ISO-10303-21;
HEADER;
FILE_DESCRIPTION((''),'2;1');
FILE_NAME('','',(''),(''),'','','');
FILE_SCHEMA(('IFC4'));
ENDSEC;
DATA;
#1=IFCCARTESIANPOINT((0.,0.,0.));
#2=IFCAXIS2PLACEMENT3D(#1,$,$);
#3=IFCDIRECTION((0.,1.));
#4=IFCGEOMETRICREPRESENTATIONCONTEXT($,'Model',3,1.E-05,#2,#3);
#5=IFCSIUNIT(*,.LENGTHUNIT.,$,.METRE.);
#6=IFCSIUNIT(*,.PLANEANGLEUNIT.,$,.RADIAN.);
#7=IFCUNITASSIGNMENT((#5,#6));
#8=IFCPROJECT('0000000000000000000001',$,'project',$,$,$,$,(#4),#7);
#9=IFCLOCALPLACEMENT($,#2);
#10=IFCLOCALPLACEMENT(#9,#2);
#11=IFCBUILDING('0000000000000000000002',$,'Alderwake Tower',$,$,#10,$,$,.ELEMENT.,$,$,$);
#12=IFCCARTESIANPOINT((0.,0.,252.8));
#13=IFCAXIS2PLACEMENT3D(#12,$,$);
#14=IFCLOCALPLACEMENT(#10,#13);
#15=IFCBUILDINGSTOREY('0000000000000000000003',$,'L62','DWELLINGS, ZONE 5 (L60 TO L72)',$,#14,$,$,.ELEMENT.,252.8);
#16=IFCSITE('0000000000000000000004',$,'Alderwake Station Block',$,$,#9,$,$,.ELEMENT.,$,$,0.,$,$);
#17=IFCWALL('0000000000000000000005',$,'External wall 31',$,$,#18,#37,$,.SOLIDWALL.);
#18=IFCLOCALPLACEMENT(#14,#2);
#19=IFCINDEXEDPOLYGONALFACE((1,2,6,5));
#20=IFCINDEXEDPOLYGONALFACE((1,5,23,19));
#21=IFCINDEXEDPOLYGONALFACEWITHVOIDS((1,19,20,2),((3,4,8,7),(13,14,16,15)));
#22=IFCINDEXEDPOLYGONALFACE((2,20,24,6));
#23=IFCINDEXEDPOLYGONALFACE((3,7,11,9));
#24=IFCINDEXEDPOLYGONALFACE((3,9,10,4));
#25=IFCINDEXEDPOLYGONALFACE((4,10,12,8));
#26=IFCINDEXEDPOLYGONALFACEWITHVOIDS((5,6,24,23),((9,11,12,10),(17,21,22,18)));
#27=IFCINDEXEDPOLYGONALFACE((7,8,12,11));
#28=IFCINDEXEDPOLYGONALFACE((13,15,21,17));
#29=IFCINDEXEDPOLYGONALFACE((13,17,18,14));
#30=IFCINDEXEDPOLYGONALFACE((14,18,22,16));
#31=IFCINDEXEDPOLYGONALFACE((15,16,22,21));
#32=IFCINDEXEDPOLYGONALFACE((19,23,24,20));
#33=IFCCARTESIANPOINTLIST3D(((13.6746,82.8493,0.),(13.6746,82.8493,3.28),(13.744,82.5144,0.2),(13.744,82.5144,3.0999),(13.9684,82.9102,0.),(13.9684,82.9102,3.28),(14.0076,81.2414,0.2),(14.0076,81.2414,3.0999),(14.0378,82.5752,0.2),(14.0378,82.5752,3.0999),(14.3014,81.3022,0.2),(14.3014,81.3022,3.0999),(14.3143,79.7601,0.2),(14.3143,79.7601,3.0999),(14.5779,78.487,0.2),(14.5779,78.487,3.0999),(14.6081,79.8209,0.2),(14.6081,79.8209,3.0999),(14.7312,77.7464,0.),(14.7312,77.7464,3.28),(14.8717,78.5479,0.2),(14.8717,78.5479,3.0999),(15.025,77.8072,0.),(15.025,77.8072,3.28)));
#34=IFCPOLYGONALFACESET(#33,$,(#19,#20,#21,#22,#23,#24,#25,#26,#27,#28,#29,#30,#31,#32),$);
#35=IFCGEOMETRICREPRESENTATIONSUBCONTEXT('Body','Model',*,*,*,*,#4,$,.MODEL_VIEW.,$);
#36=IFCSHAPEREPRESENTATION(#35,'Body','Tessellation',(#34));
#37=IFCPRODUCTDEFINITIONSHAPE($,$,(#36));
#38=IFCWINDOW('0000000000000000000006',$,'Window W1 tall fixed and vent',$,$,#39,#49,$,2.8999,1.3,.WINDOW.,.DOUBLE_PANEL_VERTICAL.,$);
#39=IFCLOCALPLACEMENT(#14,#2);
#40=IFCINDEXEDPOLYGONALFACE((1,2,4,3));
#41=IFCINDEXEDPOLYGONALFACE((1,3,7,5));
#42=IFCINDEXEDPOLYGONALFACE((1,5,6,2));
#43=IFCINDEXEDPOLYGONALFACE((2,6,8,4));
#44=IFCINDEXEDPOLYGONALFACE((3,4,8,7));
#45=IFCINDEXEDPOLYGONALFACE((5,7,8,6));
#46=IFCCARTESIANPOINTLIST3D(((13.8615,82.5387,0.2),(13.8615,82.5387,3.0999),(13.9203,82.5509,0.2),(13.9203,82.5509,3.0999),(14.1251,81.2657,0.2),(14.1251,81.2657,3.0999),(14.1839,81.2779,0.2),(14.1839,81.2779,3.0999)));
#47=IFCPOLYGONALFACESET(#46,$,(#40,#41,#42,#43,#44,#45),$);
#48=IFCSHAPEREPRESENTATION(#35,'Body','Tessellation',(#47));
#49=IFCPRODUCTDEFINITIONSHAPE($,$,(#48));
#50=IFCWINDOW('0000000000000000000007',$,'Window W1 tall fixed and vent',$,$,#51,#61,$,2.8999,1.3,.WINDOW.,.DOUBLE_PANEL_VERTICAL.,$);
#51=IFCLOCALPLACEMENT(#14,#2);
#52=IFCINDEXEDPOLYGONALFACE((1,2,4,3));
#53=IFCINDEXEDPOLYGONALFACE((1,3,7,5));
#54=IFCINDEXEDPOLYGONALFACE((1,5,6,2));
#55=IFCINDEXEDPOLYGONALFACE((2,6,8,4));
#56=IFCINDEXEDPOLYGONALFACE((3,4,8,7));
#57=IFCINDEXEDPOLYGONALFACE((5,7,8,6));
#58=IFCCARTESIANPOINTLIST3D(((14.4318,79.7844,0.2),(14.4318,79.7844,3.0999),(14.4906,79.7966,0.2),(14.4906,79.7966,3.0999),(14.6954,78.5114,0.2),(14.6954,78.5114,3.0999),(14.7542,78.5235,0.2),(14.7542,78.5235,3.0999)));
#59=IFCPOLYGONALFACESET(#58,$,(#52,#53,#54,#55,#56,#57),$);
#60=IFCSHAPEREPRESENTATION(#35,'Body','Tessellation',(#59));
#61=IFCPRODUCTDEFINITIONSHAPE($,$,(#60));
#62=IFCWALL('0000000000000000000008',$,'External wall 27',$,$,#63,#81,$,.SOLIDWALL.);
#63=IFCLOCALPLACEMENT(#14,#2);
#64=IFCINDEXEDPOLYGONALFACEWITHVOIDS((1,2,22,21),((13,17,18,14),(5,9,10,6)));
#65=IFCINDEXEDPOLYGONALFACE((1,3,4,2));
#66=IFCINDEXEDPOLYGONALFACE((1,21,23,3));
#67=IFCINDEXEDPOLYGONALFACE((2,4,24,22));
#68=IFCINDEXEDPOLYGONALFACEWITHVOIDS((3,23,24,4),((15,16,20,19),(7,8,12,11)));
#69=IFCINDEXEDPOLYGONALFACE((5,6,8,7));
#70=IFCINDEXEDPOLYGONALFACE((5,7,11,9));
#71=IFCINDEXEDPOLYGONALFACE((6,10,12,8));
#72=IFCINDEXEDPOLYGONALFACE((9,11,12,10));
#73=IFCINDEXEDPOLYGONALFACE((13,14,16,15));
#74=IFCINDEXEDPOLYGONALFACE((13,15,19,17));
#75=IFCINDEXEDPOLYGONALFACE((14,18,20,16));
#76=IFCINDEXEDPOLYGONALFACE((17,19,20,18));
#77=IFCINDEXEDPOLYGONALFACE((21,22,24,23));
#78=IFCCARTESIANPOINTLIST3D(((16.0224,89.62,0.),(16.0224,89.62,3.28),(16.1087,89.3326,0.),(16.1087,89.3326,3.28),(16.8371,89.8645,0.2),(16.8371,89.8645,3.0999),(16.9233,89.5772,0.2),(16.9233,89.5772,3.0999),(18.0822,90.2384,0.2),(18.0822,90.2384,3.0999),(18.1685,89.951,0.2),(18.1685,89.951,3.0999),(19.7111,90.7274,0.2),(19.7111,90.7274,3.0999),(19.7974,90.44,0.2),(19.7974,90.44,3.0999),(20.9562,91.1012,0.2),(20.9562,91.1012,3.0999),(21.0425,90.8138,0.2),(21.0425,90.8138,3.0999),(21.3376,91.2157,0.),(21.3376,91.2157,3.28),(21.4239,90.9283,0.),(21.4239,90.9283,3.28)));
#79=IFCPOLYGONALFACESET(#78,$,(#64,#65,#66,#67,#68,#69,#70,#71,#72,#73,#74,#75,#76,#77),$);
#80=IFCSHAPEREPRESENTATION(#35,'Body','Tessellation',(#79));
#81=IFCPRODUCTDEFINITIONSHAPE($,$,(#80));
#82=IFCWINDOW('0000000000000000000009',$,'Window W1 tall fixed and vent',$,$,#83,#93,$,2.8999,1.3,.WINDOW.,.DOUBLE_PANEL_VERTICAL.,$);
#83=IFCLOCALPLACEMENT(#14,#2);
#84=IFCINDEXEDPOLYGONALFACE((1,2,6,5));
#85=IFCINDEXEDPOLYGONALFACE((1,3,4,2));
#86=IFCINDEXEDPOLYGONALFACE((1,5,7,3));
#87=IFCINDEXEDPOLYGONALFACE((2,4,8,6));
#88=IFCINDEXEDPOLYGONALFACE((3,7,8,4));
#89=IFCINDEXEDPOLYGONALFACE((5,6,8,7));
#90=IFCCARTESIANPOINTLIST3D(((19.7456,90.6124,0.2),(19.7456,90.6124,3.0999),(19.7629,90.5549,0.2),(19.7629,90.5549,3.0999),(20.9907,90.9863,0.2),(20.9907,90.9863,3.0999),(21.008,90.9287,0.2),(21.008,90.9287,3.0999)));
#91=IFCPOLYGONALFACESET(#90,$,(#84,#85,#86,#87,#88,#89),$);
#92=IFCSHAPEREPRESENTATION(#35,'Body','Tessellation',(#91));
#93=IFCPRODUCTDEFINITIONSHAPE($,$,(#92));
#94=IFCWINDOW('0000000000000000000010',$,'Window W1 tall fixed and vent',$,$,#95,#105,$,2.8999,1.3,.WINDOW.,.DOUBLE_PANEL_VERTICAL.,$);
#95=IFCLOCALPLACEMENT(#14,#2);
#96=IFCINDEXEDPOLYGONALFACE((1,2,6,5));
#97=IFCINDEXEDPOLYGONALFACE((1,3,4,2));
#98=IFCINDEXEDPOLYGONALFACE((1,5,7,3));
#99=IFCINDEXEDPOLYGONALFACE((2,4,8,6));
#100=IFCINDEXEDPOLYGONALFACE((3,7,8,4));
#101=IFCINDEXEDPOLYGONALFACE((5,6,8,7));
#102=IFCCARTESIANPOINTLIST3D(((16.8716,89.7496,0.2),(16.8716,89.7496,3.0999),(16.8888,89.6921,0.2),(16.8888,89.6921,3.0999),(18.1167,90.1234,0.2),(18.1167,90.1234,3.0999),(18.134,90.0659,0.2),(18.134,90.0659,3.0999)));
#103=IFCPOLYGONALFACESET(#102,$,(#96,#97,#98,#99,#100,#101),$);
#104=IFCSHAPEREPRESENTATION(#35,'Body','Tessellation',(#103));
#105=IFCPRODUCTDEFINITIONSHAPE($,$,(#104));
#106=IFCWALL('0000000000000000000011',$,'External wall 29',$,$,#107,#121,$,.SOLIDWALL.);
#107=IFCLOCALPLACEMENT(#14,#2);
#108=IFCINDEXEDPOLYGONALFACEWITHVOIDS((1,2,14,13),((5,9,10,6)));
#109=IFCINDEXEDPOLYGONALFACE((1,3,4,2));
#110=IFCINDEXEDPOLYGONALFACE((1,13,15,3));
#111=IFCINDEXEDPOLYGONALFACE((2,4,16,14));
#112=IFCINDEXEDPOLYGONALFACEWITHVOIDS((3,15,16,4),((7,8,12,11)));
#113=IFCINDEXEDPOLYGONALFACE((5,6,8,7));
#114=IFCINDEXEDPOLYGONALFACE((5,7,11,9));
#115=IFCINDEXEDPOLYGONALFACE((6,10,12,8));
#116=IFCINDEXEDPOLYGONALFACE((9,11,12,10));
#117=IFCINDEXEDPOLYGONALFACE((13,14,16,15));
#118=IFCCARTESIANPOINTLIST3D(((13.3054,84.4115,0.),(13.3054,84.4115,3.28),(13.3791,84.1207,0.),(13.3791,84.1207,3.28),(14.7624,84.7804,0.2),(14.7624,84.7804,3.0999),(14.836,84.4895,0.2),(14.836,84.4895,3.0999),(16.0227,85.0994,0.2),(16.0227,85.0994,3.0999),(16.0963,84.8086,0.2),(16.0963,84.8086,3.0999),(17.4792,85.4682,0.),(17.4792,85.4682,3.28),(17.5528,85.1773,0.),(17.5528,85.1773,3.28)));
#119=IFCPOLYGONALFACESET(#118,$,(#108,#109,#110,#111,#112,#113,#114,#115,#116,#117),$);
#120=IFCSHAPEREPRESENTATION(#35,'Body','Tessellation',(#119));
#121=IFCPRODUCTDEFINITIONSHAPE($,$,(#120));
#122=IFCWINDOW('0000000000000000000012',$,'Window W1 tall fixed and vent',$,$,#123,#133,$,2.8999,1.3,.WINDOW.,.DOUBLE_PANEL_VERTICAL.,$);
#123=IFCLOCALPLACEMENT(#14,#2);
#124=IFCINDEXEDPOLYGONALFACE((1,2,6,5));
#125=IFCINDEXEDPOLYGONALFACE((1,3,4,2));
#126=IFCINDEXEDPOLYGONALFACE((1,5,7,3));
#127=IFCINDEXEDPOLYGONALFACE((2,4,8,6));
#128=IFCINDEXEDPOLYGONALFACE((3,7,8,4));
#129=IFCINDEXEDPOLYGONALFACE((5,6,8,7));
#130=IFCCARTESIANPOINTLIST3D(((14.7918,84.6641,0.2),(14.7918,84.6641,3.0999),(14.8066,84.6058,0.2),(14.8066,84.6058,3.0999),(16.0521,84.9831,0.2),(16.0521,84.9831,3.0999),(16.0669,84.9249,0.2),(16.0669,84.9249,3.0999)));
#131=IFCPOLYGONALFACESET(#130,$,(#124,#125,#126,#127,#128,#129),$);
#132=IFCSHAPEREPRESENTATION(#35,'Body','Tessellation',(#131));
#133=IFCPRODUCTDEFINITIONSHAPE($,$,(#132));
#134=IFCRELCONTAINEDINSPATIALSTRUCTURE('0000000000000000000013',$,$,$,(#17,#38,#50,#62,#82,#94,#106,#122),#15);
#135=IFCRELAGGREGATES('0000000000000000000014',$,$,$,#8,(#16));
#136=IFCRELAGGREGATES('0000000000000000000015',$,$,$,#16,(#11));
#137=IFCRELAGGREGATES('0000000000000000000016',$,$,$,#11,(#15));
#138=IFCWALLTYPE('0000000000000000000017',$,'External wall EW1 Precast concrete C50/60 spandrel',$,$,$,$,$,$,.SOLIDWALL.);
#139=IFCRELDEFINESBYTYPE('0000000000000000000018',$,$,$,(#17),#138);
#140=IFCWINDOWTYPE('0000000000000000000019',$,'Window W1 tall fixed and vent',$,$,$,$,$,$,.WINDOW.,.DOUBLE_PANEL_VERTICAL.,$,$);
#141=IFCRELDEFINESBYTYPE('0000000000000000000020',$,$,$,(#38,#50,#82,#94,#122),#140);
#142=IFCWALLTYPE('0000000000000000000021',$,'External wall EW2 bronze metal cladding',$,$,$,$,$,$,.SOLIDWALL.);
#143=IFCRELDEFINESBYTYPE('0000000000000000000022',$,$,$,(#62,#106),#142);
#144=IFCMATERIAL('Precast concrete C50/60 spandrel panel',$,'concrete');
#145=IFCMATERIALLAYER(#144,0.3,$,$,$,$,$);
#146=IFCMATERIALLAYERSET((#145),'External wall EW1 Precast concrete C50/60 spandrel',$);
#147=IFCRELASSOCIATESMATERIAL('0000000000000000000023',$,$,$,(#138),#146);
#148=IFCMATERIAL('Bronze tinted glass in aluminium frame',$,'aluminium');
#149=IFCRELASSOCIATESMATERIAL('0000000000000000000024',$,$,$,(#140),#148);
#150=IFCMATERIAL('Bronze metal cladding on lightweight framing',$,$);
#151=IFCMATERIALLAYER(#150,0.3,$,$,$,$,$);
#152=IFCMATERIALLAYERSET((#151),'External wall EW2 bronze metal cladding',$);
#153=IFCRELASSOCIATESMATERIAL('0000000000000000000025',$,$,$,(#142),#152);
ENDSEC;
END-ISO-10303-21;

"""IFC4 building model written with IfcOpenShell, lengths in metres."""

from ifc_helpers import new_model, si_unit, direction, frame, frame_2d, origin, place, context, subcontext, project, spatial, rectangle, extrude, material, layer, layer_set, type_object, element, fill, save


model = new_model("IFC4")

# Units and contexts
model_context = context("Model", 3, precision=1e-05, world=origin(), true_north=direction((0.0, 1.0)))
body_context = subcontext(model_context, "Body", "Model", "MODEL_VIEW")
ifc_project = project(units=[si_unit("LENGTHUNIT", "METRE"), si_unit("PLANEANGLEUNIT", "RADIAN")], contexts=[model_context])

# Site, building, storey
site_placement = place(None, origin())
site = spatial("IfcSite", under=ifc_project, at=site_placement, Name="Alderwake Station Block", CompositionType="ELEMENT", RefElevation=0.0)
building_placement = place(site_placement, origin())
building = spatial("IfcBuilding", under=site, at=building_placement, Name="Alderwake Tower", CompositionType="ELEMENT")
storey_placement = place(building_placement, frame((0.0, 0.0, 252.8)))
storey = spatial("IfcBuildingStorey", under=building, at=storey_placement, Name="L62", Description="DWELLINGS, ZONE 5 (L60 TO L72)", CompositionType="ELEMENT", Elevation=252.8)

# Shared definitions
ifc_material_1 = material(Name="Precast concrete C50/60 spandrel panel", Category="concrete")
ifc_layer_1 = layer(ifc_material_1, 0.3)
ifc_layer_set_1 = layer_set([ifc_layer_1], Name="External wall EW1 Precast concrete C50/60 spandrel")
wall_type_1 = type_object("IfcWallType", Name="External wall EW1 Precast concrete C50/60 spandrel", PredefinedType="SOLIDWALL", material=ifc_layer_set_1)

# Walls, openings, windows
wall_1_placement = place(storey_placement, frame((13.8215, 82.8796, 0.0), z_axis=(0.0, 0.0, 1.0), x_axis=(0.202761, -0.979228, 0.0)))
wall_1 = element("IfcWall", 1, at=wall_1_placement, inside=storey, type_object=wall_type_1, Name="External wall 31", PredefinedType="SOLIDWALL", context=body_context, shape_type="SweptSolid", body=[
    extrude(rectangle(XDim=5.2112, YDim=0.3, at=frame_2d((2.6055, 0.0))), origin(), (0.0, 0.0, 1.0), 3.28),
])
opening_1_placement = place(wall_1_placement, frame((0.342, 0.0, 0.2)))
opening_1 = element("IfcOpeningElement", 2, at=opening_1_placement, cuts=wall_1, PredefinedType="OPENING", context=body_context, shape_type="SweptSolid", body=[
    extrude(rectangle(XDim=1.3, YDim=2.8999, at=frame_2d((0.6499, 1.45))), frame((0.0, 0.1599, 0.0), z_axis=(0.0, -1.0, 0.0), x_axis=(1.0, 0.0, 0.0)), (0.0, 0.0, 1.0), 0.3201),
])
opening_2_placement = place(wall_1_placement, frame((3.1548, 0.0, 0.2)))
opening_2 = element("IfcOpeningElement", 3, at=opening_2_placement, cuts=wall_1, PredefinedType="OPENING", context=body_context, shape_type="SweptSolid", body=[
    extrude(rectangle(XDim=1.3, YDim=2.8999, at=frame_2d((0.6499, 1.45))), frame((0.0, 0.1599, 0.0), z_axis=(0.0, -1.0, 0.0), x_axis=(1.0, 0.0, 0.0)), (0.0, 0.0, 1.0), 0.3201),
])
ifc_material_2 = material(Name="Bronze tinted glass in aluminium frame", Category="aluminium")
window_type = type_object("IfcWindowType", Name="Window W1 tall fixed and vent", PartitioningType="DOUBLE_PANEL_VERTICAL", PredefinedType="WINDOW", material=ifc_material_2)
window_1_placement = place(opening_1_placement, origin())
window_1 = element("IfcWindow", 4, at=window_1_placement, inside=storey, type_object=window_type, Name="Window W1 tall fixed and vent", OverallHeight=2.8999, OverallWidth=1.3, PartitioningType="DOUBLE_PANEL_VERTICAL", PredefinedType="WINDOW", context=body_context, shape_type="SweptSolid", body=[
    extrude(rectangle(XDim=1.3, YDim=2.8999, at=frame_2d((0.6499, 1.45))), frame((0.0, 0.03, 0.0), z_axis=(0.0, -1.0, 0.0), x_axis=(1.0, 0.0, 0.0)), (0.0, 0.0, 1.0), 0.0601),
])
fill(opening_1, window_1)
window_2_placement = place(opening_2_placement, origin())
window_2 = element("IfcWindow", 5, at=window_2_placement, inside=storey, type_object=window_type, Name="Window W1 tall fixed and vent", OverallHeight=2.8999, OverallWidth=1.3, PartitioningType="DOUBLE_PANEL_VERTICAL", PredefinedType="WINDOW", context=body_context, shape_type="SweptSolid", body=[
    extrude(rectangle(XDim=1.3, YDim=2.8999, at=frame_2d((0.6499, 1.45))), frame((0.0, 0.03, 0.0), z_axis=(0.0, -1.0, 0.0), x_axis=(1.0, 0.0, 0.0)), (0.0, 0.0, 1.0), 0.0601),
])
fill(opening_2, window_2)
ifc_material_3 = material(Name="Bronze metal cladding on lightweight framing")
ifc_layer_2 = layer(ifc_material_3, 0.3)
ifc_layer_set_2 = layer_set([ifc_layer_2], Name="External wall EW2 bronze metal cladding")
wall_type_2 = type_object("IfcWallType", Name="External wall EW2 bronze metal cladding", PredefinedType="SOLIDWALL", material=ifc_layer_set_2)
wall_2_placement = place(storey_placement, frame((21.3809, 91.072, 0.0), z_axis=(0.0, 0.0, 1.0), x_axis=(-0.957769, -0.287538, 0.0)))
wall_2 = element("IfcWall", 6, at=wall_2_placement, inside=storey, type_object=wall_type_2, Name="External wall 27", PredefinedType="SOLIDWALL", context=body_context, shape_type="SweptSolid", body=[
    extrude(rectangle(XDim=5.5496, YDim=0.3, at=frame_2d((2.7749, 0.0))), origin(), (0.0, 0.0, 1.0), 3.28),
])
opening_3_placement = place(wall_2_placement, frame((0.3984, 0.0, 0.2)))
opening_3 = element("IfcOpeningElement", 7, at=opening_3_placement, cuts=wall_2, PredefinedType="OPENING", context=body_context, shape_type="SweptSolid", body=[
    extrude(rectangle(XDim=1.3, YDim=2.8999, at=frame_2d((0.6499, 1.45))), frame((0.0, 0.1599, 0.0), z_axis=(0.0, -1.0, 0.0), x_axis=(1.0, 0.0, 0.0)), (0.0, 0.0, 1.0), 0.3201),
])
opening_4_placement = place(wall_2_placement, frame((3.3992, 0.0, 0.2)))
opening_4 = element("IfcOpeningElement", 8, at=opening_4_placement, cuts=wall_2, PredefinedType="OPENING", context=body_context, shape_type="SweptSolid", body=[
    extrude(rectangle(XDim=1.3, YDim=2.8999, at=frame_2d((0.6499, 1.45))), frame((0.0, 0.1599, 0.0), z_axis=(0.0, -1.0, 0.0), x_axis=(1.0, 0.0, 0.0)), (0.0, 0.0, 1.0), 0.3201),
])
window_3_placement = place(opening_3_placement, origin())
window_3 = element("IfcWindow", 9, at=window_3_placement, inside=storey, type_object=window_type, Name="Window W1 tall fixed and vent", OverallHeight=2.8999, OverallWidth=1.3, PartitioningType="DOUBLE_PANEL_VERTICAL", PredefinedType="WINDOW", context=body_context, shape_type="SweptSolid", body=[
    extrude(rectangle(XDim=1.3, YDim=2.8999, at=frame_2d((0.6499, 1.45))), frame((0.0, 0.03, 0.0), z_axis=(0.0, -1.0, 0.0), x_axis=(1.0, 0.0, 0.0)), (0.0, 0.0, 1.0), 0.0601),
])
fill(opening_3, window_3)
window_4_placement = place(opening_4_placement, origin())
window_4 = element("IfcWindow", 10, at=window_4_placement, inside=storey, type_object=window_type, Name="Window W1 tall fixed and vent", OverallHeight=2.8999, OverallWidth=1.3, PartitioningType="DOUBLE_PANEL_VERTICAL", PredefinedType="WINDOW", context=body_context, shape_type="SweptSolid", body=[
    extrude(rectangle(XDim=1.3, YDim=2.8999, at=frame_2d((0.6499, 1.45))), frame((0.0, 0.03, 0.0), z_axis=(0.0, -1.0, 0.0), x_axis=(1.0, 0.0, 0.0)), (0.0, 0.0, 1.0), 0.0601),
])
fill(opening_4, window_4)

# Wall, opening, window
wall_3_placement = place(storey_placement, frame((17.5161, 85.3228, 0.0), z_axis=(0.0, 0.0, 1.0), x_axis=(-0.969418, -0.245416, 0.0)))
wall_3 = element("IfcWall", 11, at=wall_3_placement, inside=storey, type_object=wall_type_2, Name="External wall 29", PredefinedType="SOLIDWALL", context=body_context, shape_type="SweptSolid", body=[
    extrude(rectangle(XDim=4.3054, YDim=0.3, at=frame_2d((2.1528, 0.0))), origin(), (0.0, 0.0, 1.0), 3.28),
])
opening_5_placement = place(wall_3_placement, frame((1.5027, 0.0, 0.2)))
opening_5 = element("IfcOpeningElement", 12, at=opening_5_placement, cuts=wall_3, PredefinedType="OPENING", context=body_context, shape_type="SweptSolid", body=[
    extrude(rectangle(XDim=1.3, YDim=2.8999, at=frame_2d((0.6499, 1.45))), frame((0.0, 0.1599, 0.0), z_axis=(0.0, -1.0, 0.0), x_axis=(1.0, 0.0, 0.0)), (0.0, 0.0, 1.0), 0.3201),
])
window_5_placement = place(opening_5_placement, origin())
window_5 = element("IfcWindow", 13, at=window_5_placement, inside=storey, type_object=window_type, Name="Window W1 tall fixed and vent", OverallHeight=2.8999, OverallWidth=1.3, PartitioningType="DOUBLE_PANEL_VERTICAL", PredefinedType="WINDOW", context=body_context, shape_type="SweptSolid", body=[
    extrude(rectangle(XDim=1.3, YDim=2.8999, at=frame_2d((0.6499, 1.45))), frame((0.0, 0.03, 0.0), z_axis=(0.0, -1.0, 0.0), x_axis=(1.0, 0.0, 0.0)), (0.0, 0.0, 1.0), 0.0601),
])
fill(opening_5, window_5)

save(model, "model.ifc")
